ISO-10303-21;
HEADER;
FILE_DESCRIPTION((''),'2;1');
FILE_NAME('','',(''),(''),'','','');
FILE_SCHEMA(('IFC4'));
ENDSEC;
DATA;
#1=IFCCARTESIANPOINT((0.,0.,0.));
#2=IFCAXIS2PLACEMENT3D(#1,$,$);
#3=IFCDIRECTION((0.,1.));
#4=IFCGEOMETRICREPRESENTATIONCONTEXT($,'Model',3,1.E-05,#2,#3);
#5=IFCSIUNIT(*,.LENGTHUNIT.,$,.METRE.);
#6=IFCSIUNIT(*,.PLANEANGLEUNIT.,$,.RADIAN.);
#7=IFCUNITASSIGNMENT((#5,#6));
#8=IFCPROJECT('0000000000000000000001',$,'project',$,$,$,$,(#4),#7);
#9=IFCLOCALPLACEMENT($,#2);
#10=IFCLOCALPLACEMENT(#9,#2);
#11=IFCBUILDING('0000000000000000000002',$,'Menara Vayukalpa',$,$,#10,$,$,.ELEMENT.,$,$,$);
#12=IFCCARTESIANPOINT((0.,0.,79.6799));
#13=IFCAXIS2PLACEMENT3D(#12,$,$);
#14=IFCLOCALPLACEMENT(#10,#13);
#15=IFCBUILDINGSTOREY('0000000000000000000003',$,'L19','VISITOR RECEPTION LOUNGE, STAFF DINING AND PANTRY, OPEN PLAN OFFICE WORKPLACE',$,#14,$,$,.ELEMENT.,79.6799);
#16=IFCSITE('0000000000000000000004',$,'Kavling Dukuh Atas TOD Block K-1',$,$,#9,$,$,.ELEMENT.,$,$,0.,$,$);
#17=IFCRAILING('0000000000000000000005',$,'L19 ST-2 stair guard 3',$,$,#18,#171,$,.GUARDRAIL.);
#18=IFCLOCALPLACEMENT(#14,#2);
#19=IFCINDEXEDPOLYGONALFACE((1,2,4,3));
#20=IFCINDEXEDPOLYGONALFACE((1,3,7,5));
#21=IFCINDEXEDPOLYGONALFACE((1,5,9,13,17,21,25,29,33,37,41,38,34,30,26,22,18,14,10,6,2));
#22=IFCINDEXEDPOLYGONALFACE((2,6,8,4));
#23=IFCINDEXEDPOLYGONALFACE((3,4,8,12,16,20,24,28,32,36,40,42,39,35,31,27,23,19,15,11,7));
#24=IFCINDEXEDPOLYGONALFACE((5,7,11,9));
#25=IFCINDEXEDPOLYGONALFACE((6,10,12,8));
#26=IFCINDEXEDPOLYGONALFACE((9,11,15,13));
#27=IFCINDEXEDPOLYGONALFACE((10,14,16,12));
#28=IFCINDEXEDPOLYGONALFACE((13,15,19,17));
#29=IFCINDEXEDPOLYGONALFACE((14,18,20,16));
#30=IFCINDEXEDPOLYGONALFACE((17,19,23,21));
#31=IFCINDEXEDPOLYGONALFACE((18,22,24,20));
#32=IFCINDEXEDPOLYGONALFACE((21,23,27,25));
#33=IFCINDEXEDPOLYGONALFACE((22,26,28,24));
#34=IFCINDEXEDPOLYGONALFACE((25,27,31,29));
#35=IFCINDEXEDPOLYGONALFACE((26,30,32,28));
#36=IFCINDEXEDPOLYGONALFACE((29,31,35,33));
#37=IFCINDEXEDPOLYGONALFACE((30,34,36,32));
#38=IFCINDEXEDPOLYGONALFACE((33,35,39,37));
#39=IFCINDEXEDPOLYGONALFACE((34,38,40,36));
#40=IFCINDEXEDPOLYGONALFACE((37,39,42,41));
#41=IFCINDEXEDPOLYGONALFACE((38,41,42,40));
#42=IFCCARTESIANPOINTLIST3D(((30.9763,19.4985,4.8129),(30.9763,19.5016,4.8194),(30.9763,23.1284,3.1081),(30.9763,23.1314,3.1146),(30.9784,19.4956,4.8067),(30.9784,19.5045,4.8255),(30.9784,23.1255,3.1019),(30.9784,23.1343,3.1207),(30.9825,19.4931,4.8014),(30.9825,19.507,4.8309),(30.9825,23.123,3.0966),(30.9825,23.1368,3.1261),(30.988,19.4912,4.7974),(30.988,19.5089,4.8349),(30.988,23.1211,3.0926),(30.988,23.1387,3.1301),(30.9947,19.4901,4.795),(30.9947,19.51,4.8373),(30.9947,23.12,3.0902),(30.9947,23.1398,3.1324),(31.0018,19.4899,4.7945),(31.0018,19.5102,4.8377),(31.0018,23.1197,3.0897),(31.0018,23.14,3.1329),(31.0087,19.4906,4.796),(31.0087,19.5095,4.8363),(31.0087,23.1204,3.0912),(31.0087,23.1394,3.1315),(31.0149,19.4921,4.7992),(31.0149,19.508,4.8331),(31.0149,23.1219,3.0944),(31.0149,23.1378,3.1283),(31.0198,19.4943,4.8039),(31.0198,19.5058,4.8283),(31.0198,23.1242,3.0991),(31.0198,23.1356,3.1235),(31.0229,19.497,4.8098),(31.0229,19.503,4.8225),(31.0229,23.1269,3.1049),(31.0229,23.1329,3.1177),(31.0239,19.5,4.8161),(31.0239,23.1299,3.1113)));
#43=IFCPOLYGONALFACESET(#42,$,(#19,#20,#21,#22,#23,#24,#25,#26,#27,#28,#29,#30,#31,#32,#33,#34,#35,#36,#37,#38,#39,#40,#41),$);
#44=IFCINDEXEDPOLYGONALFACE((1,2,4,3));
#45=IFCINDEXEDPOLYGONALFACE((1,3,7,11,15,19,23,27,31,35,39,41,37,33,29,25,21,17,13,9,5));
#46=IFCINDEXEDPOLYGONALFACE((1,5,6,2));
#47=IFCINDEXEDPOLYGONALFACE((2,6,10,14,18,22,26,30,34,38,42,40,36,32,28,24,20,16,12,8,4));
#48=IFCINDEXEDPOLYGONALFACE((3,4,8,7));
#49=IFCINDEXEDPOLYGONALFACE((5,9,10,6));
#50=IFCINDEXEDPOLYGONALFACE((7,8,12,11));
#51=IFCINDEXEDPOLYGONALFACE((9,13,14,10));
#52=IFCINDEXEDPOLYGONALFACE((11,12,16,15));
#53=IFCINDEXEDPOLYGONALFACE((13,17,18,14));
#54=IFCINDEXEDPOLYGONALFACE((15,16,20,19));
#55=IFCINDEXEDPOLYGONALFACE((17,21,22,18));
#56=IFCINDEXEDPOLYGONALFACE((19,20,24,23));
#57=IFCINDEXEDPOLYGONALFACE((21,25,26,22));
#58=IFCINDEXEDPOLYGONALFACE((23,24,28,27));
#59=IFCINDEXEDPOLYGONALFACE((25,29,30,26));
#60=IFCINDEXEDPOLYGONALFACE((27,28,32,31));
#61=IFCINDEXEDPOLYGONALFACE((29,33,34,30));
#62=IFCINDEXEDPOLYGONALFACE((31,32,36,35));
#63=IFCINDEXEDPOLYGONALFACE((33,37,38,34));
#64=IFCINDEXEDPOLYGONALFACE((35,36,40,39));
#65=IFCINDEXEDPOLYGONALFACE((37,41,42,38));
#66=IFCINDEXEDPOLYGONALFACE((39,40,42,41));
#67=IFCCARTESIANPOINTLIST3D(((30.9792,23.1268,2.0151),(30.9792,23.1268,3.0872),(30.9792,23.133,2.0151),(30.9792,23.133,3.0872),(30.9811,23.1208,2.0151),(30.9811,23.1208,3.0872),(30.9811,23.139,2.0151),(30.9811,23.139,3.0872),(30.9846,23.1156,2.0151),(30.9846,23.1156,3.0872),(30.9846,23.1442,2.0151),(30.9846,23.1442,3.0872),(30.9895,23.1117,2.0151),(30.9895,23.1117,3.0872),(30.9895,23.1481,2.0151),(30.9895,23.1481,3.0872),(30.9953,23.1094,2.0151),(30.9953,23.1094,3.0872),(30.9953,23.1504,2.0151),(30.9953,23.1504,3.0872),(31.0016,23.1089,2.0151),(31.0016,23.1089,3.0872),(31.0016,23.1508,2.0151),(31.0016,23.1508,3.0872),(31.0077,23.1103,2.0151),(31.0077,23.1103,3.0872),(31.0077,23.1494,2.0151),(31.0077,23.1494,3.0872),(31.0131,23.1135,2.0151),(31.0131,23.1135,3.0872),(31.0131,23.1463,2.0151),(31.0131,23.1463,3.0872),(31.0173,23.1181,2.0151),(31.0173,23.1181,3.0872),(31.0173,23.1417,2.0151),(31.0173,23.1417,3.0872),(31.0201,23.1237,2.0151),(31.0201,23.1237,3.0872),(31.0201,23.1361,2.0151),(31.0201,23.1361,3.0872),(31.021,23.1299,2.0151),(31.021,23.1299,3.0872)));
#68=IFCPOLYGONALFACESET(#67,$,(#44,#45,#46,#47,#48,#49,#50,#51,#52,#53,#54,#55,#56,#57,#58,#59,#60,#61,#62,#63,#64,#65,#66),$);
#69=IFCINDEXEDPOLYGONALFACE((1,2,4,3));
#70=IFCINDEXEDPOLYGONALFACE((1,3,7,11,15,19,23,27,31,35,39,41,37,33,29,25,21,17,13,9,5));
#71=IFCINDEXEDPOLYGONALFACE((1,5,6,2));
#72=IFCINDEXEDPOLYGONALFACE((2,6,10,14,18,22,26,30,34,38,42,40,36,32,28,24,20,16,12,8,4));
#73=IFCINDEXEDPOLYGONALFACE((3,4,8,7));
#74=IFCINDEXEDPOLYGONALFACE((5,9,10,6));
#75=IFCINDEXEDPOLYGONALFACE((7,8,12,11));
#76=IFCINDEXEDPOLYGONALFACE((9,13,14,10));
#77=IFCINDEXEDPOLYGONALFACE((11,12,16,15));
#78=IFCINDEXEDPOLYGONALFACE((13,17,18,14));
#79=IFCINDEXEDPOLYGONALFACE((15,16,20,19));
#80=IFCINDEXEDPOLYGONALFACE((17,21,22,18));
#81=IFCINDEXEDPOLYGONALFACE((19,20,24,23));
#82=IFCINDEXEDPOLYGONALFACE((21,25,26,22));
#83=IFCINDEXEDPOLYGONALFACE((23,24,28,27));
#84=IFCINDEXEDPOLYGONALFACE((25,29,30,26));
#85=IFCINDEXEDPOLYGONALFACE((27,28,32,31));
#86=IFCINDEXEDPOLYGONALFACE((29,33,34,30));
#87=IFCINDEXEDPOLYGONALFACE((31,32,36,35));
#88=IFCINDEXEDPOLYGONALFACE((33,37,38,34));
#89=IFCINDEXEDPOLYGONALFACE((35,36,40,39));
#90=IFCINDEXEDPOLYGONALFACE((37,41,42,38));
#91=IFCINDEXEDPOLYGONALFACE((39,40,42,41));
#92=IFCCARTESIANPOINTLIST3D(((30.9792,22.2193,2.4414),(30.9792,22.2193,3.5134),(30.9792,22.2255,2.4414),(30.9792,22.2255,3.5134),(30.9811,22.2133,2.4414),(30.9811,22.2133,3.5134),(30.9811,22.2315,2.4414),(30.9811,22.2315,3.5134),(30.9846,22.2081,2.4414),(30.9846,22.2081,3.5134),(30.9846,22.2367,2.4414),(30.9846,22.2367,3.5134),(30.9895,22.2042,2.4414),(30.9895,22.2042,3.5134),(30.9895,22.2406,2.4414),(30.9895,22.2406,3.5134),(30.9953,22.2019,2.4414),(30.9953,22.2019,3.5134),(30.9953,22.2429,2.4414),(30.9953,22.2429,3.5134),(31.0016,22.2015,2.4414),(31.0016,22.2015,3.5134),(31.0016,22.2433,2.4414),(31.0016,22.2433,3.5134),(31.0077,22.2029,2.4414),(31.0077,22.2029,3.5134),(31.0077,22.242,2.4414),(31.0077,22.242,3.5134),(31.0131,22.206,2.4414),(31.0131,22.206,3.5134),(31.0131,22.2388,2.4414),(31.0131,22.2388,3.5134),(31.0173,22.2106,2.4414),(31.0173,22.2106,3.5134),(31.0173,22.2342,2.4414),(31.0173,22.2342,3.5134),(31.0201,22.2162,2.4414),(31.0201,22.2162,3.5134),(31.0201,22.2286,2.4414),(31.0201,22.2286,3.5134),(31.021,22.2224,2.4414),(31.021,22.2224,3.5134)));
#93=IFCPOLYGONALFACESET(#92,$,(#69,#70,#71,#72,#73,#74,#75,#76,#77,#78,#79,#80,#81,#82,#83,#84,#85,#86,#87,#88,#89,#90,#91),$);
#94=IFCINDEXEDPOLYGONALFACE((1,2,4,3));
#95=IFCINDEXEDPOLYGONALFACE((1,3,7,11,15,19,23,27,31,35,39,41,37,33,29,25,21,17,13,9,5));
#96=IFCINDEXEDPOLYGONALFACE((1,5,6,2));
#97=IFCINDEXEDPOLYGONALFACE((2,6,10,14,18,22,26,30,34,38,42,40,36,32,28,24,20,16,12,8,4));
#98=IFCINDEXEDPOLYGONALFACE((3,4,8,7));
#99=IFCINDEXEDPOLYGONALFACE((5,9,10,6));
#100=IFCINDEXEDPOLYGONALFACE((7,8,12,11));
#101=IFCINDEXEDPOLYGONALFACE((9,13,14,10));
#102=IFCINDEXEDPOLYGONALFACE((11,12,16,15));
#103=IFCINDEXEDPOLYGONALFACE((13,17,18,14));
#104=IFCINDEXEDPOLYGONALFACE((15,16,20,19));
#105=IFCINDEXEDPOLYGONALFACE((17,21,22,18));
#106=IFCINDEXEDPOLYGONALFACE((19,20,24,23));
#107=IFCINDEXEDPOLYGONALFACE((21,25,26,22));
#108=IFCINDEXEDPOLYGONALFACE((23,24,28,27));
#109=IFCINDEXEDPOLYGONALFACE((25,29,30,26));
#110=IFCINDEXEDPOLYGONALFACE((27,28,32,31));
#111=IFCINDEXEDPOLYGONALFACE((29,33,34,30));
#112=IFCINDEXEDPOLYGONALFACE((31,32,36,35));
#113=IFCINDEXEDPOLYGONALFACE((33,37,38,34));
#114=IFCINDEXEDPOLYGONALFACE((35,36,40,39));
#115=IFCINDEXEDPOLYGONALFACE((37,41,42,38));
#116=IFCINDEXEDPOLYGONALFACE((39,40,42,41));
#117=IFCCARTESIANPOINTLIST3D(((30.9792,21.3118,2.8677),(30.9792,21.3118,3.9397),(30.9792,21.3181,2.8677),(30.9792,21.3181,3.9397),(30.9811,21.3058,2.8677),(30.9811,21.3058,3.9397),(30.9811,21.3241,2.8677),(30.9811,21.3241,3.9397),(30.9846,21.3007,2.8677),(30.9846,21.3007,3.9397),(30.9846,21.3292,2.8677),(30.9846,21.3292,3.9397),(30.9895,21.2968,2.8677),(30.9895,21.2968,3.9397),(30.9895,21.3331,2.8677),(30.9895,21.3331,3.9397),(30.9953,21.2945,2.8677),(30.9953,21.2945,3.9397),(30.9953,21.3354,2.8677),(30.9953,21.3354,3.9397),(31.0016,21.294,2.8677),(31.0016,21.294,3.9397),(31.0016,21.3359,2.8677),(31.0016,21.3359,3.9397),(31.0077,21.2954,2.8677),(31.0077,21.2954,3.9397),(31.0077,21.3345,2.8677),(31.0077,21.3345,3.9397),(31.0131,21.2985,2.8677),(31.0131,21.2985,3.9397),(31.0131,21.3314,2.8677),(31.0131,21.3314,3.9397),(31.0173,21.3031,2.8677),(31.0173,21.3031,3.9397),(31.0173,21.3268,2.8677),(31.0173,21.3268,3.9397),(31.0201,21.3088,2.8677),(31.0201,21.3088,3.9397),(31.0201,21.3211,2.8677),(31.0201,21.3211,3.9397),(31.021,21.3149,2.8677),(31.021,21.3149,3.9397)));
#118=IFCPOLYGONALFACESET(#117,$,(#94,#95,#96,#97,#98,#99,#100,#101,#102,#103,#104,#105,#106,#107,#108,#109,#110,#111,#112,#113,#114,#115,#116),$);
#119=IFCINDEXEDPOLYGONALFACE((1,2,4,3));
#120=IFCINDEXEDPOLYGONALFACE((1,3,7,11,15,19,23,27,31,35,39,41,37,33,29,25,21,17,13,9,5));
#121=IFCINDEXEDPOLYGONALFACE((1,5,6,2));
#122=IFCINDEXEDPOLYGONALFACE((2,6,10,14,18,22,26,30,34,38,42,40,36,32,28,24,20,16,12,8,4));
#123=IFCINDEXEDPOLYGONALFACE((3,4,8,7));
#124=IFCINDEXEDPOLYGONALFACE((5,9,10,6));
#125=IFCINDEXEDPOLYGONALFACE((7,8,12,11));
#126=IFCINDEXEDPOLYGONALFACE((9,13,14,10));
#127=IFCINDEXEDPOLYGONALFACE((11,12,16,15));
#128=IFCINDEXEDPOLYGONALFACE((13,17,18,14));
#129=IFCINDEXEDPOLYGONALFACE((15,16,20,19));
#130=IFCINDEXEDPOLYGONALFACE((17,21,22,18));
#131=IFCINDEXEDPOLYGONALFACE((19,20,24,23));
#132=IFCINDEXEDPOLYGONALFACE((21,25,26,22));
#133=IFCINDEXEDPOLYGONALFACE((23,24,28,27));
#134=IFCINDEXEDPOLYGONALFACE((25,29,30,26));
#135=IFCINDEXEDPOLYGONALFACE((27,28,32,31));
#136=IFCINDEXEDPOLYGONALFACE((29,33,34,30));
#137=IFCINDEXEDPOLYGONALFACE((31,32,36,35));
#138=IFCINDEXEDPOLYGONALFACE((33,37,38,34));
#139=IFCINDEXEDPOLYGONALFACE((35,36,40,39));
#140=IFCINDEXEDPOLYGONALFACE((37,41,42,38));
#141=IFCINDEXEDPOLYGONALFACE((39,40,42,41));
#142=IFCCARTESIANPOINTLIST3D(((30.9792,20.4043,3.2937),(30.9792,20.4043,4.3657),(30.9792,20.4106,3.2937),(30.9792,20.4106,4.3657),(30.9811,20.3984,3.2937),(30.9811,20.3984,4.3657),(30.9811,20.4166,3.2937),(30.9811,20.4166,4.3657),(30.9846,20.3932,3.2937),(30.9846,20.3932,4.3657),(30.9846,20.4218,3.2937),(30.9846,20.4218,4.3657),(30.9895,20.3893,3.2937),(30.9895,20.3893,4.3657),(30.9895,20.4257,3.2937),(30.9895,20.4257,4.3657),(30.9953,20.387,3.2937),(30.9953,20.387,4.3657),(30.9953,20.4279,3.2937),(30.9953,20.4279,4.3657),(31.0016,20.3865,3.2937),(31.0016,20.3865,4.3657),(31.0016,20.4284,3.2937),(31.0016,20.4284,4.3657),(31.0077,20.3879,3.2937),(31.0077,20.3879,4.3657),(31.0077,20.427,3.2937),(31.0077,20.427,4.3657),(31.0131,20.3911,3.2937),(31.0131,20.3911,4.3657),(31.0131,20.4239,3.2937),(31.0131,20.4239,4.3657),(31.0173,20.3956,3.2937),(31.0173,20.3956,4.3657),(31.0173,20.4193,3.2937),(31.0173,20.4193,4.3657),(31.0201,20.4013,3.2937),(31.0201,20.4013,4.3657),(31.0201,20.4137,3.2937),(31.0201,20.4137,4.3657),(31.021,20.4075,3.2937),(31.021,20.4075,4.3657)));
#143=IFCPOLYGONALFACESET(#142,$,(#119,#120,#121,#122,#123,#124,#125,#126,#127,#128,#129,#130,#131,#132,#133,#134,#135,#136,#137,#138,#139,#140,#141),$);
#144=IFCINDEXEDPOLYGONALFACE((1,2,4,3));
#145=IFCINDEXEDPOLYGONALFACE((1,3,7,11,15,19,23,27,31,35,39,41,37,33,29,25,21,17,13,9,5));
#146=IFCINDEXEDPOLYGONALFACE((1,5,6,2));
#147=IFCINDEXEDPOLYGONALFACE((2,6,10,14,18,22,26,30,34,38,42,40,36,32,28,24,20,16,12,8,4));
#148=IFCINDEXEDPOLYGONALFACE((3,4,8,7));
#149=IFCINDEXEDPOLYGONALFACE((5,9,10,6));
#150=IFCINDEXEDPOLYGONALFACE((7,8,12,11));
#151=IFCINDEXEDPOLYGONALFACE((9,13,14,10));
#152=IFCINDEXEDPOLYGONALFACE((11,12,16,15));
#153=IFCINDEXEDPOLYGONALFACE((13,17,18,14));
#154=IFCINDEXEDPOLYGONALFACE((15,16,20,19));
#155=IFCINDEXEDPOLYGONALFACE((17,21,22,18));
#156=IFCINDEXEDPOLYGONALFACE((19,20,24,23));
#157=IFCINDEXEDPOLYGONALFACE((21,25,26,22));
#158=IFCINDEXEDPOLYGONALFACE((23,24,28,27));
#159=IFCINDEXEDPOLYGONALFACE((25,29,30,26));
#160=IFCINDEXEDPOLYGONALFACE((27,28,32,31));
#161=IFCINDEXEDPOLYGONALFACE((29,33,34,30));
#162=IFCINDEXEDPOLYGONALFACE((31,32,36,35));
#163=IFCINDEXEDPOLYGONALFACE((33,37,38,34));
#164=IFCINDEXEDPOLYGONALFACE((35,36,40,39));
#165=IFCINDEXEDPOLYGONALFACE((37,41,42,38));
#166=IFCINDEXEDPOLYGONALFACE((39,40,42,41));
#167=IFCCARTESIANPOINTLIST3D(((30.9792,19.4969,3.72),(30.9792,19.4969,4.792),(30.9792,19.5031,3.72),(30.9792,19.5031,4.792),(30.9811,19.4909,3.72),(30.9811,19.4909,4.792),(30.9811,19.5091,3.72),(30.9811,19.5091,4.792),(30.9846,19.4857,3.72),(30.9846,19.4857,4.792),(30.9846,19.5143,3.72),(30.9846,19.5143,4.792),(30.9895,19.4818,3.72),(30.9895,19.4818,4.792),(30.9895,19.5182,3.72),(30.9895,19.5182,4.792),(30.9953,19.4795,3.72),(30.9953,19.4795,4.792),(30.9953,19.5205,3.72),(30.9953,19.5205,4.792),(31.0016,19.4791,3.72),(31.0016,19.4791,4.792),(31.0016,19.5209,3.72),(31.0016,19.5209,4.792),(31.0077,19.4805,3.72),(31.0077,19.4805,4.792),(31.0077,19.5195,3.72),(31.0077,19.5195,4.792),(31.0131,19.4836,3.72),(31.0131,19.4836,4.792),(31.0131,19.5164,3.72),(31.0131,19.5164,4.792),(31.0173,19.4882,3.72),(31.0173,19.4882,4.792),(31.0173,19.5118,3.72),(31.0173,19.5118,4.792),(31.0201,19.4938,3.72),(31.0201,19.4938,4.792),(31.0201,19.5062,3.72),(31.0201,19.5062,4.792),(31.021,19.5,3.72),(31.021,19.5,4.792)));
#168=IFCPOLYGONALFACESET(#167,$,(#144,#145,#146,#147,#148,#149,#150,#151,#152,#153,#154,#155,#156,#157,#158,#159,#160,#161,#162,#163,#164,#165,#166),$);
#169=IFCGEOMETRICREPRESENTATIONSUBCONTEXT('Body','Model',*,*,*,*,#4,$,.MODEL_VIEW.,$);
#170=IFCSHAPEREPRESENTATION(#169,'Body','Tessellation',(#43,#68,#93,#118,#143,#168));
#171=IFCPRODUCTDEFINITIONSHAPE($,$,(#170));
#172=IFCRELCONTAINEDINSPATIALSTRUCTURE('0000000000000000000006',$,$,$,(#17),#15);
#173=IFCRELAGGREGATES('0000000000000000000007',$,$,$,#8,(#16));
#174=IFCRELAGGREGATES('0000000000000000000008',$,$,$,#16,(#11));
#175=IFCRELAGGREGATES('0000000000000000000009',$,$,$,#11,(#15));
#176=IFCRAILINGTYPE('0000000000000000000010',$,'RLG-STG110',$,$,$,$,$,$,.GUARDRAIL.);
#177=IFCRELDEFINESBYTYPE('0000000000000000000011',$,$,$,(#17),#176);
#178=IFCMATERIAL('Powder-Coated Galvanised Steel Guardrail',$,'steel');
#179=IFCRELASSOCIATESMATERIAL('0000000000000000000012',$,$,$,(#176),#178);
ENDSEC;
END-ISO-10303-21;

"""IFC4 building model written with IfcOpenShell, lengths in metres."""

from ifc_helpers import new_model, si_unit, direction, frame, origin, origin_2d, place, context, subcontext, project, spatial, circle, extrude, material, type_object, element, save


model = new_model("IFC4")

# Units and contexts
model_context = context("Model", 3, precision=1e-05, world=origin(), true_north=direction((0.0, 1.0)))
body_context = subcontext(model_context, "Body", "Model", "MODEL_VIEW")
ifc_project = project(units=[si_unit("LENGTHUNIT", "METRE"), si_unit("PLANEANGLEUNIT", "RADIAN")], contexts=[model_context])

# Site, building, storey
site_placement = place(None, origin())
site = spatial("IfcSite", under=ifc_project, at=site_placement, Name="Kavling Dukuh Atas TOD Block K-1", CompositionType="ELEMENT", RefElevation=0.0)
building_placement = place(site_placement, origin())
building = spatial("IfcBuilding", under=site, at=building_placement, Name="Menara Vayukalpa", CompositionType="ELEMENT")
storey_placement = place(building_placement, frame((0.0, 0.0, 79.6799)))
storey = spatial("IfcBuildingStorey", under=building, at=storey_placement, Name="L19", Description="VISITOR RECEPTION LOUNGE, STAFF DINING AND PANTRY, OPEN PLAN OFFICE WORKPLACE", CompositionType="ELEMENT", Elevation=79.6799)

# Railing
ifc_material_1 = material(Name="Powder-Coated Galvanised Steel Guardrail", Category="steel")
railing_type_1 = type_object("IfcRailingType", Name="RLG-STG110", PredefinedType="GUARDRAIL", material=ifc_material_1)
railing_1_placement = place(storey_placement, frame((31.0, 23.1299, 2.0151)))
element("IfcRailing", 1, at=railing_1_placement, inside=storey, type_object=railing_type_1, Name="L19 ST-2 stair guard 3", PredefinedType="GUARDRAIL", context=body_context, shape_type="SweptSolid", body=[
    extrude(circle(Radius=0.0239, at=origin_2d()), frame((0.0, 0.0, 1.0962), z_axis=(0.0, -0.90514, 0.425114), x_axis=(1.0, 0.0, 0.0)), (0.0, 0.0, 1.0), 4.0103),
    extrude(circle(Radius=0.021, at=origin_2d()), origin(), (0.0, 0.0, 1.0), 1.072),
    extrude(circle(Radius=0.021, at=origin_2d()), frame((0.0, -0.9075, 0.4263)), (0.0, 0.0, 1.0), 1.072),
    extrude(circle(Radius=0.021, at=origin_2d()), frame((0.0, -1.8149, 0.8525)), (0.0, 0.0, 1.0), 1.072),
    extrude(circle(Radius=0.021, at=origin_2d()), frame((0.0, -2.7224, 1.2786)), (0.0, 0.0, 1.0), 1.072),
    extrude(circle(Radius=0.021, at=origin_2d()), frame((0.0, -3.6299, 1.7048)), (0.0, 0.0, 1.0), 1.072),
])

save(model, "model.ifc")
